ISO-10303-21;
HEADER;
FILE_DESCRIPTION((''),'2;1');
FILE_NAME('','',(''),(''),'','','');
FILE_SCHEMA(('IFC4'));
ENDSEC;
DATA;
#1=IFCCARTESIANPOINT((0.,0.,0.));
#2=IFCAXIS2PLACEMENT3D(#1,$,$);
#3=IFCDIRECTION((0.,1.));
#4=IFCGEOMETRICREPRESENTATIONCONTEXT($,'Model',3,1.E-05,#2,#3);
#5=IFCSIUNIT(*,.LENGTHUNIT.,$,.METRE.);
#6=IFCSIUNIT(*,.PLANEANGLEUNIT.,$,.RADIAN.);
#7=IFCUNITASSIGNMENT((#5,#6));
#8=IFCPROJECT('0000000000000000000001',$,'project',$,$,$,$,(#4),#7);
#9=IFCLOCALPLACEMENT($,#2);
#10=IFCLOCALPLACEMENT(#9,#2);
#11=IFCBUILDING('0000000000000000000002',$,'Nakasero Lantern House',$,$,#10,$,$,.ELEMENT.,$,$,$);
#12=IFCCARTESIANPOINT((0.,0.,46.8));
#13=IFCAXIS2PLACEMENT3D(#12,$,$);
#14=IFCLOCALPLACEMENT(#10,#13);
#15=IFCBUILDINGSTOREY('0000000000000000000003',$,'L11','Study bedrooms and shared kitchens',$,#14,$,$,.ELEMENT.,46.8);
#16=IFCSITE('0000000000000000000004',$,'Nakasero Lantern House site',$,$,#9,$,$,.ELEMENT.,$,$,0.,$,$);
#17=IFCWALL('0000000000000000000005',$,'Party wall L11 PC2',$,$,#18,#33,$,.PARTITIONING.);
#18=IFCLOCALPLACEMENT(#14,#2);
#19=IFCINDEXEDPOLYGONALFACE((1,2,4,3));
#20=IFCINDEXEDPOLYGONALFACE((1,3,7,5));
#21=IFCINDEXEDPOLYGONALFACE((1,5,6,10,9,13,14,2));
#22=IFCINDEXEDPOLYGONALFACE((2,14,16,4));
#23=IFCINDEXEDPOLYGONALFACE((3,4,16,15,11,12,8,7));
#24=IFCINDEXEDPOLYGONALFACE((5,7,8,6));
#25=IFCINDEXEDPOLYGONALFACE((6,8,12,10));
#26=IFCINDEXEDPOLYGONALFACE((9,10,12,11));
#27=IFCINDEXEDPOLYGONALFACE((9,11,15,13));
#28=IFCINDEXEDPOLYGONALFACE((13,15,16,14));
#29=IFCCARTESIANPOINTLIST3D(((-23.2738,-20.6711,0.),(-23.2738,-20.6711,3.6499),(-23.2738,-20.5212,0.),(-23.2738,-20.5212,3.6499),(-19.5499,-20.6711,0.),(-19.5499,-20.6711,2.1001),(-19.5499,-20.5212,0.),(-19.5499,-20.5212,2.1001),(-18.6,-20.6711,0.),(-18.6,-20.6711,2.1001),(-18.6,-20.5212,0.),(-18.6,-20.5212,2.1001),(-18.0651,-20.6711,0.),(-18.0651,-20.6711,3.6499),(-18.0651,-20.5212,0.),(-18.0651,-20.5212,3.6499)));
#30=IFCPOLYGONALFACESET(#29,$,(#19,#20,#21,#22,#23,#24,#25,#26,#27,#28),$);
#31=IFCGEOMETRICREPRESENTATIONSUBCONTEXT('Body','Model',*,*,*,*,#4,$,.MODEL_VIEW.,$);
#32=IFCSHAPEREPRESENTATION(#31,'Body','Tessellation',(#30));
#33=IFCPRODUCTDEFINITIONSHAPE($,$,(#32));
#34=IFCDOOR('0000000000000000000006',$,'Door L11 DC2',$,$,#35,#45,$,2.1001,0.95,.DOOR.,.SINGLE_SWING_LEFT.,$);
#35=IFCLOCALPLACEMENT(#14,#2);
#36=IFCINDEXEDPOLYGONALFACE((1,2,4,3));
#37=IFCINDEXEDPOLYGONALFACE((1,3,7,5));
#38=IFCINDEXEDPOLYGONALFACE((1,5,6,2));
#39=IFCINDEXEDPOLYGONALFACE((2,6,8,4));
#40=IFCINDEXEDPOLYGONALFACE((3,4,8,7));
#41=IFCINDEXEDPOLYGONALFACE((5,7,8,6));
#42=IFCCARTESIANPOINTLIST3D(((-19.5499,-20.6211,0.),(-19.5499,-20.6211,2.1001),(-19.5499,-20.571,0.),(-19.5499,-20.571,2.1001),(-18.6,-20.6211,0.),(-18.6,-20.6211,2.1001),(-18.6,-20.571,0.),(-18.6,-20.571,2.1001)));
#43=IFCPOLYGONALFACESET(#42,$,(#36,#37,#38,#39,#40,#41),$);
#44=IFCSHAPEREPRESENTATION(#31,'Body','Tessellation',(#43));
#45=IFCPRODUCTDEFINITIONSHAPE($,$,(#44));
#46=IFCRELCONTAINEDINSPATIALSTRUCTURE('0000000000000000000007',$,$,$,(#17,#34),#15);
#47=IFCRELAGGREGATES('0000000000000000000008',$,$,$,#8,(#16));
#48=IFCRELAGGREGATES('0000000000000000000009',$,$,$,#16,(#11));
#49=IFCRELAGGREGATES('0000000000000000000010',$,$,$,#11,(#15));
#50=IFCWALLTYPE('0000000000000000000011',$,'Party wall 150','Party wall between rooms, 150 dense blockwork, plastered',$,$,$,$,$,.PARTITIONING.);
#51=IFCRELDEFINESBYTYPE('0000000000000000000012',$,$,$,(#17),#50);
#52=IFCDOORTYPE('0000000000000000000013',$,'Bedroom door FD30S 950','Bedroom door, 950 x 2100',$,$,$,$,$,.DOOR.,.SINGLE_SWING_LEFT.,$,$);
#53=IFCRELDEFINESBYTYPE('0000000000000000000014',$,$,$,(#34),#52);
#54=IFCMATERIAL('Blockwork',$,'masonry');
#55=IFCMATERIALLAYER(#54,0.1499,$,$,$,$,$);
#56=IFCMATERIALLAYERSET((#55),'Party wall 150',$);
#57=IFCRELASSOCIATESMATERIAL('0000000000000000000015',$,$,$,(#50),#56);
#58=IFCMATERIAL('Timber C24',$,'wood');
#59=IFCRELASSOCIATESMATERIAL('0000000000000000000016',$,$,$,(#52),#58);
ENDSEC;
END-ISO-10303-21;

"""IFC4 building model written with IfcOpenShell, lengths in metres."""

from ifc_helpers import new_model, si_unit, direction, frame, frame_2d, origin, place, context, subcontext, project, spatial, rectangle, extrude, material, layer, layer_set, type_object, element, fill, save


model = new_model("IFC4")

# Units and contexts
model_context = context("Model", 3, precision=1e-05, world=origin(), true_north=direction((0.0, 1.0)))
body_context = subcontext(model_context, "Body", "Model", "MODEL_VIEW")
ifc_project = project(units=[si_unit("LENGTHUNIT", "METRE"), si_unit("PLANEANGLEUNIT", "RADIAN")], contexts=[model_context])

# Site, building, storey
site_placement = place(None, origin())
site = spatial("IfcSite", under=ifc_project, at=site_placement, Name="Nakasero Lantern House site", CompositionType="ELEMENT", RefElevation=0.0)
building_placement = place(site_placement, origin())
building = spatial("IfcBuilding", under=site, at=building_placement, Name="Nakasero Lantern House", CompositionType="ELEMENT")
storey_placement = place(building_placement, frame((0.0, 0.0, 46.8)))
storey = spatial("IfcBuildingStorey", under=building, at=storey_placement, Name="L11", Description="Study bedrooms and shared kitchens", CompositionType="ELEMENT", Elevation=46.8)

# Wall, opening, door
ifc_material_1 = material(Name="Blockwork", Category="masonry")
ifc_layer_1 = layer(ifc_material_1, 0.1499)
ifc_layer_set_1 = layer_set([ifc_layer_1], Name="Party wall 150")
wall_type_1 = type_object("IfcWallType", Name="Party wall 150", Description="Party wall between rooms, 150 dense blockwork, plastered", PredefinedType="PARTITIONING", material=ifc_layer_set_1)
wall_1_placement = place(storey_placement, frame((-18.0649, -20.5962, 0.0), z_axis=(0.0, 0.0, 1.0), x_axis=(-1.0, 0.0, 0.0)))
wall_1 = element("IfcWall", 1, at=wall_1_placement, inside=storey, type_object=wall_type_1, Name="Party wall L11 PC2", PredefinedType="PARTITIONING", context=body_context, shape_type="SweptSolid", body=[
    extrude(rectangle(XDim=5.2087, YDim=0.1499, at=frame_2d((2.6045, 0.0))), origin(), (0.0, 0.0, 1.0), 3.6499),
])
opening_1_placement = place(wall_1_placement, frame((0.5349, 0.0, 0.0)))
opening_1 = element("IfcOpeningElement", 2, at=opening_1_placement, cuts=wall_1, PredefinedType="OPENING", context=body_context, shape_type="SweptSolid", body=[
    extrude(rectangle(XDim=0.95, YDim=2.1001, at=frame_2d((0.4751, 1.05))), frame((0.0, 0.095, 0.0), z_axis=(0.0, -1.0, 0.0), x_axis=(1.0, 0.0, 0.0)), (0.0, 0.0, 1.0), 0.1899),
])
ifc_material_2 = material(Name="Timber C24", Category="wood")
door_type_1 = type_object("IfcDoorType", Name="Bedroom door FD30S 950", Description="Bedroom door, 950 x 2100", OperationType="SINGLE_SWING_LEFT", PredefinedType="DOOR", material=ifc_material_2)
door_1_placement = place(opening_1_placement, origin())
door_1 = element("IfcDoor", 3, at=door_1_placement, inside=storey, type_object=door_type_1, Name="Door L11 DC2", OperationType="SINGLE_SWING_LEFT", OverallHeight=2.1001, OverallWidth=0.95, PredefinedType="DOOR", context=body_context, shape_type="SweptSolid", body=[
    extrude(rectangle(XDim=0.95, YDim=2.1001, at=frame_2d((0.4751, 1.05))), frame((0.0, 0.0249, 0.0), z_axis=(0.0, -1.0, 0.0), x_axis=(1.0, 0.0, 0.0)), (0.0, 0.0, 1.0), 0.05),
])
fill(opening_1, door_1)

save(model, "model.ifc")
